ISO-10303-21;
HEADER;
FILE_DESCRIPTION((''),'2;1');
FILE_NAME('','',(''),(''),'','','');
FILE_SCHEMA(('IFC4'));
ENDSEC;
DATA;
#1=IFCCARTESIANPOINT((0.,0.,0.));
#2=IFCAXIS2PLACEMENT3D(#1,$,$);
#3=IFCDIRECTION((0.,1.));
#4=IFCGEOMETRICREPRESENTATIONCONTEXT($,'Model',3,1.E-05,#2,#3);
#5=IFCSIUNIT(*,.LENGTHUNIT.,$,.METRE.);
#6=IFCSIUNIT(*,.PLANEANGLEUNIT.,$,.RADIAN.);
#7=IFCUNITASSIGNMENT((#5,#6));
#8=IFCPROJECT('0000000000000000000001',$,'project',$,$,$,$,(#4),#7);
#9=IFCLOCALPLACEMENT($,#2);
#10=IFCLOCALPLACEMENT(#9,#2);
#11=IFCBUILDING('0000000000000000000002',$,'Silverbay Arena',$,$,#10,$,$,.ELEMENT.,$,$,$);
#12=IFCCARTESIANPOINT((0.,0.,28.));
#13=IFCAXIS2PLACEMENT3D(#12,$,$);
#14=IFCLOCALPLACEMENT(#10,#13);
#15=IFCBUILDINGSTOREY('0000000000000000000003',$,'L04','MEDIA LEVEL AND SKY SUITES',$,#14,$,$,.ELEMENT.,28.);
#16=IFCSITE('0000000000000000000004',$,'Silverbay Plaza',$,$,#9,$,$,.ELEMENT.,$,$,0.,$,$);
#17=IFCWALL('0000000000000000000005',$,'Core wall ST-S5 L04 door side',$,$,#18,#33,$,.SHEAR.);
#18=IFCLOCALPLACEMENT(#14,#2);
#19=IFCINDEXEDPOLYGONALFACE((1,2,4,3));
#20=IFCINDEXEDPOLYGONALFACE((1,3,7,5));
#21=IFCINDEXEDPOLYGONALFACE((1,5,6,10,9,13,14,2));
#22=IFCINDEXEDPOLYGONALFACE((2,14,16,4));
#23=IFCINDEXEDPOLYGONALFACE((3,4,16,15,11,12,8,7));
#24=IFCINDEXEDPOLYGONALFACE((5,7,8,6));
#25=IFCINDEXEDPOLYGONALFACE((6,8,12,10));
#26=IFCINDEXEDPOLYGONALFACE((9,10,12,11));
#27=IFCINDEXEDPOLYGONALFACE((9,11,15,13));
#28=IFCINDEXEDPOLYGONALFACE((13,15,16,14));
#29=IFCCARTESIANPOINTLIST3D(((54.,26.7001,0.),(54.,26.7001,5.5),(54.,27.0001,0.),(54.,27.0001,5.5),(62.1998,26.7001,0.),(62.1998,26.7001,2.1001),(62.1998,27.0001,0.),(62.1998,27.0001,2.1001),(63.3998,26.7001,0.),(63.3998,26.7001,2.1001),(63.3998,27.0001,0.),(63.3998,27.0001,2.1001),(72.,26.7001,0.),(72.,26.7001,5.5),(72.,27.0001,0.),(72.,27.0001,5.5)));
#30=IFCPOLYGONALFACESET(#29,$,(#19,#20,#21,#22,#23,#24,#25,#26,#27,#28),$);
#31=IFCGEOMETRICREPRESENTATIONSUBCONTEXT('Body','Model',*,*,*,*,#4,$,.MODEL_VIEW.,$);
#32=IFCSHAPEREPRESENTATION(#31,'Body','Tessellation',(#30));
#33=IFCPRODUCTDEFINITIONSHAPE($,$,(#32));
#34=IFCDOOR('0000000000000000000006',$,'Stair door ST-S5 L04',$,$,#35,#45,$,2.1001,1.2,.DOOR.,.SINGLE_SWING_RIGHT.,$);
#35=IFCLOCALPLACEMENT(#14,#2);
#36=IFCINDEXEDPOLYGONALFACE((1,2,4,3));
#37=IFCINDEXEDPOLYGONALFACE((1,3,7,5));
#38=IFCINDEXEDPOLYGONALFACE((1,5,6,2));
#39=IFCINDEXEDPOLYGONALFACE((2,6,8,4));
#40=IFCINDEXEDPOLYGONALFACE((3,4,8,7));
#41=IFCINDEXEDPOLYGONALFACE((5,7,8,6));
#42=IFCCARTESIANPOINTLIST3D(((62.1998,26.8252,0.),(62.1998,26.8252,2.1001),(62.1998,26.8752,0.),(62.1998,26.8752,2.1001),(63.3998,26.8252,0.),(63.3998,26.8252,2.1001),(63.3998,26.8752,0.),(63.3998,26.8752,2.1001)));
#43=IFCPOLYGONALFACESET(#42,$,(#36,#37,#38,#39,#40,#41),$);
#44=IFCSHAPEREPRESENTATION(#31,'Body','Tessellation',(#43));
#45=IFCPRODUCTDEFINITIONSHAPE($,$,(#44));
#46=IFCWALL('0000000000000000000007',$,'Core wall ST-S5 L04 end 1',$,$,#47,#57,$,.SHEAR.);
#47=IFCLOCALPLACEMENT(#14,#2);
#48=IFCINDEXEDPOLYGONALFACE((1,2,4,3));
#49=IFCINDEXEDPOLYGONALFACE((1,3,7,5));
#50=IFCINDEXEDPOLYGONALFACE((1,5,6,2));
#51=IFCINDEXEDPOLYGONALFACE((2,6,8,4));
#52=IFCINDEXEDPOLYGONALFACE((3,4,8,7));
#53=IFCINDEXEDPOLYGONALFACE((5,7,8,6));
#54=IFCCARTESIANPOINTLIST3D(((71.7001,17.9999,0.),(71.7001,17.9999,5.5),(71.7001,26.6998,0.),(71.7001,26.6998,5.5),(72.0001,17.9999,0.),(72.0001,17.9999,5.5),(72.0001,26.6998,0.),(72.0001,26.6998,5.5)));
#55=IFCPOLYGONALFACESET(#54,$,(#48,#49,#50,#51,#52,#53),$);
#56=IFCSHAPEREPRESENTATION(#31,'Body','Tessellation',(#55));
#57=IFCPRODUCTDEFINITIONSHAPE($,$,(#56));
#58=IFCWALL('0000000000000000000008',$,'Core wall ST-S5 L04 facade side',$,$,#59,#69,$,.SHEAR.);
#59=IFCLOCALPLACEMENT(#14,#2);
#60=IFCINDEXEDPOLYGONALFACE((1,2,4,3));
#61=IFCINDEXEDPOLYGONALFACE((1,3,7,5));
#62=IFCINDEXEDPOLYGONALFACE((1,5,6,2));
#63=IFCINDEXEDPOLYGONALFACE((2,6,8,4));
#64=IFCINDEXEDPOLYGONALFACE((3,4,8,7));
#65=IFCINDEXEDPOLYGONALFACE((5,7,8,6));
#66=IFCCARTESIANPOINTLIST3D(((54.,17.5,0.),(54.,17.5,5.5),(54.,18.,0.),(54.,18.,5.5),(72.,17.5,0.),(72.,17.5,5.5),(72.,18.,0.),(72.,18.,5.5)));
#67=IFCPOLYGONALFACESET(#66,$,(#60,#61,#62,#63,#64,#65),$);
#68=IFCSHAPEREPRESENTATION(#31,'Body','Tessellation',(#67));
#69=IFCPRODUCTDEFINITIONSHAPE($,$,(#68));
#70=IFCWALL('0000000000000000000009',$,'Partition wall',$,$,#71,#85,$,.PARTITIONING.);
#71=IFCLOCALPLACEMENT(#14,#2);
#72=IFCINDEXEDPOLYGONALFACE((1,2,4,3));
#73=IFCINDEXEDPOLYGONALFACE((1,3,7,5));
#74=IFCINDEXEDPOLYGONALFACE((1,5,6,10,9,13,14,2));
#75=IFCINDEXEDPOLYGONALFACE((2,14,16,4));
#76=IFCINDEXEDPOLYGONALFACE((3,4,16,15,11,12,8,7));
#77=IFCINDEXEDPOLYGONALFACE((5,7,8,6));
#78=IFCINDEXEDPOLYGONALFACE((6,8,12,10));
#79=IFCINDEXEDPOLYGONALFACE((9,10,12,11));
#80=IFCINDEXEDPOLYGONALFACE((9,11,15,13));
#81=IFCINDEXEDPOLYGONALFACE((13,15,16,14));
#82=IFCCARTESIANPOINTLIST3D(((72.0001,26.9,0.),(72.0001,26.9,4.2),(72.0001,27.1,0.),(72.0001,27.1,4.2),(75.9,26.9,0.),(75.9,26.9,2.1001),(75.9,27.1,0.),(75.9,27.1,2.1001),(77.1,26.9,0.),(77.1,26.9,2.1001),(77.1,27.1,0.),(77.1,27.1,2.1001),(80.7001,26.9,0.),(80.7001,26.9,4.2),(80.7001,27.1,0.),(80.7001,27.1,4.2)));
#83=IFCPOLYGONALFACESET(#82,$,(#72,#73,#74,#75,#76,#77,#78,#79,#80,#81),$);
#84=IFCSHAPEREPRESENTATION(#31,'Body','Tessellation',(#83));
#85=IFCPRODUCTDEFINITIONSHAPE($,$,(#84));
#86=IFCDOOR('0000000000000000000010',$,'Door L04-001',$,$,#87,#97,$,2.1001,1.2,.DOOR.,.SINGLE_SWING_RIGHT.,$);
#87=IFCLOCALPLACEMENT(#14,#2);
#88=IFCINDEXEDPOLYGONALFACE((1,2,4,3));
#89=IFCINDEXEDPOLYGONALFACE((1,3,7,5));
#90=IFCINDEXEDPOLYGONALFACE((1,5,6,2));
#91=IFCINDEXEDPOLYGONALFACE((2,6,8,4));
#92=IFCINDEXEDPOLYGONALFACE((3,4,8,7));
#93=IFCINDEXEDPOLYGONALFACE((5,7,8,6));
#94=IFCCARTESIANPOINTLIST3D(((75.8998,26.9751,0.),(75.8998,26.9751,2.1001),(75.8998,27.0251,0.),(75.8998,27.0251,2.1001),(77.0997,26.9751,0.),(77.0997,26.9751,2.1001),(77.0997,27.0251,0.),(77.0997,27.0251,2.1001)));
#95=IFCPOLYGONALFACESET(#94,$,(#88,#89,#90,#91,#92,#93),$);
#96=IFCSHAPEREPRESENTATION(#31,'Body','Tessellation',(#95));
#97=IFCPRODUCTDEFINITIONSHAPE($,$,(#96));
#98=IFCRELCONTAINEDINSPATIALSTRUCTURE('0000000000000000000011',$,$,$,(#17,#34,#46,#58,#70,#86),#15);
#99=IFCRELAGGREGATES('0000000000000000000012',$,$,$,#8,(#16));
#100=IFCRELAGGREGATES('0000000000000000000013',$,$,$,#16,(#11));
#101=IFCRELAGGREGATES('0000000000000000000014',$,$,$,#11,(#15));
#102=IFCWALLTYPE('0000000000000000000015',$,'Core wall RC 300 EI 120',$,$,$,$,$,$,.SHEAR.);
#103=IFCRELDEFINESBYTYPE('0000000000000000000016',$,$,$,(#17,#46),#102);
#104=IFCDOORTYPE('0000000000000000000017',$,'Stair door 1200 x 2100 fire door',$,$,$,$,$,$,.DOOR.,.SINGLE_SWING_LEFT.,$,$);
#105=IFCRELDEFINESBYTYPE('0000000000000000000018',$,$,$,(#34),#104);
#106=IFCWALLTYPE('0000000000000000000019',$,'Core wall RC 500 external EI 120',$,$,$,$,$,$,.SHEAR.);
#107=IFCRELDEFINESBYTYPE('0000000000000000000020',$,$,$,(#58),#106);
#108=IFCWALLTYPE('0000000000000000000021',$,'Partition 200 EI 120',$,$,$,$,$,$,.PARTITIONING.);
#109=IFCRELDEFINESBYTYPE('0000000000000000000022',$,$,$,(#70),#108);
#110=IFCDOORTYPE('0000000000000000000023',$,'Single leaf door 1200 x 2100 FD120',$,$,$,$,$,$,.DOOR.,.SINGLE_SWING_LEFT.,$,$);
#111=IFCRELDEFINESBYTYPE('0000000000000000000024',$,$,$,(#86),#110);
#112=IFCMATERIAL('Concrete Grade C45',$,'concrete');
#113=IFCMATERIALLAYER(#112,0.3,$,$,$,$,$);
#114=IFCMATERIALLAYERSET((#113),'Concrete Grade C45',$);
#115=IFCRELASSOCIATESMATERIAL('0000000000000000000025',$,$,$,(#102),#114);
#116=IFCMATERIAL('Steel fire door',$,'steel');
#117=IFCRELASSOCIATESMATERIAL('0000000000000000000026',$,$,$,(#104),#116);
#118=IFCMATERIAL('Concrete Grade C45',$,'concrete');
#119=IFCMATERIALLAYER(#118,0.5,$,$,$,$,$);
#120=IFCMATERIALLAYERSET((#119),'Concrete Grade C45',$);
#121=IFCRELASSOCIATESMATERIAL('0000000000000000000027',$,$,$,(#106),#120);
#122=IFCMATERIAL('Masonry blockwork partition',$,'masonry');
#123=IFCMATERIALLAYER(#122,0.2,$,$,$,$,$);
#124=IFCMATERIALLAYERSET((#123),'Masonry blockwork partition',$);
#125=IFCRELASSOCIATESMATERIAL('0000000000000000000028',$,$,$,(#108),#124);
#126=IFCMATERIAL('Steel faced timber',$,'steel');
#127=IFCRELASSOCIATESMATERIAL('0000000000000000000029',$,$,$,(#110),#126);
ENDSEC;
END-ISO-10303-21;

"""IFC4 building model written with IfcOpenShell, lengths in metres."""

from ifc_helpers import new_model, si_unit, direction, frame, frame_2d, origin, place, context, subcontext, project, spatial, rectangle, extrude, material, layer, layer_set, type_object, element, fill, save


model = new_model("IFC4")

# Units and contexts
model_context = context("Model", 3, precision=1e-05, world=origin(), true_north=direction((0.0, 1.0)))
body_context = subcontext(model_context, "Body", "Model", "MODEL_VIEW")
ifc_project = project(units=[si_unit("LENGTHUNIT", "METRE"), si_unit("PLANEANGLEUNIT", "RADIAN")], contexts=[model_context])

# Site, building, storey
site_placement = place(None, origin())
site = spatial("IfcSite", under=ifc_project, at=site_placement, Name="Silverbay Plaza", CompositionType="ELEMENT", RefElevation=0.0)
building_placement = place(site_placement, origin())
building = spatial("IfcBuilding", under=site, at=building_placement, Name="Silverbay Arena", CompositionType="ELEMENT")
storey_placement = place(building_placement, frame((0.0, 0.0, 28.0)))
storey = spatial("IfcBuildingStorey", under=building, at=storey_placement, Name="L04", Description="MEDIA LEVEL AND SKY SUITES", CompositionType="ELEMENT", Elevation=28.0)

# Wall, opening, door
ifc_material_1 = material(Name="Concrete Grade C45", Category="concrete")
ifc_layer_1 = layer(ifc_material_1, 0.3)
ifc_layer_set_1 = layer_set([ifc_layer_1], Name="Concrete Grade C45")
wall_type_1 = type_object("IfcWallType", Name="Core wall RC 300 EI 120", PredefinedType="SHEAR", material=ifc_layer_set_1)
wall_1_placement = place(storey_placement, frame((72.0, 26.8501, 0.0), z_axis=(0.0, 0.0, 1.0), x_axis=(-1.0, 0.0, 0.0)))
wall_1 = element("IfcWall", 1, at=wall_1_placement, inside=storey, type_object=wall_type_1, Name="Core wall ST-S5 L04 door side", PredefinedType="SHEAR", context=body_context, shape_type="SweptSolid", body=[
    extrude(rectangle(XDim=18.0, YDim=0.3, at=frame_2d((9.0, 0.0))), origin(), (0.0, 0.0, 1.0), 5.5),
])
opening_1_placement = place(wall_1_placement, frame((8.6001, 0.0, 0.0)))
opening_1 = element("IfcOpeningElement", 2, at=opening_1_placement, cuts=wall_1, PredefinedType="OPENING", context=body_context, shape_type="SweptSolid", body=[
    extrude(rectangle(XDim=1.2, YDim=2.1001, at=frame_2d((0.6001, 1.05))), frame((0.0, 0.1602, 0.0), z_axis=(0.0, -1.0, 0.0), x_axis=(1.0, 0.0, 0.0)), (0.0, 0.0, 1.0), 0.3201),
])
ifc_material_2 = material(Name="Steel fire door", Category="steel")
door_type_1 = type_object("IfcDoorType", Name="Stair door 1200 x 2100 fire door", OperationType="SINGLE_SWING_LEFT", PredefinedType="DOOR", material=ifc_material_2)
door_1_placement = place(opening_1_placement, origin())
door_1 = element("IfcDoor", 3, at=door_1_placement, inside=storey, type_object=door_type_1, Name="Stair door ST-S5 L04", OperationType="SINGLE_SWING_RIGHT", OverallHeight=2.1001, OverallWidth=1.2, PredefinedType="DOOR", context=body_context, shape_type="SweptSolid", body=[
    extrude(rectangle(XDim=1.2, YDim=2.1001, at=frame_2d((0.6001, 1.05))), frame((0.0, 0.0249, 0.0), z_axis=(0.0, -1.0, 0.0), x_axis=(1.0, 0.0, 0.0)), (0.0, 0.0, 1.0), 0.05),
])
fill(opening_1, door_1)

# Walls
wall_2_placement = place(storey_placement, frame((71.8501, 26.7, 0.0), z_axis=(0.0, 0.0, 1.0), x_axis=(0.0, -1.0, 0.0)))
element("IfcWall", 4, at=wall_2_placement, inside=storey, type_object=wall_type_1, Name="Core wall ST-S5 L04 end 1", PredefinedType="SHEAR", context=body_context, shape_type="SweptSolid", body=[
    extrude(rectangle(XDim=8.7, YDim=0.3, at=frame_2d((4.3501, 0.0))), origin(), (0.0, 0.0, 1.0), 5.5),
])
ifc_material_3 = material(Name="Concrete Grade C45", Category="concrete")
ifc_layer_2 = layer(ifc_material_3, 0.5)
ifc_layer_set_2 = layer_set([ifc_layer_2], Name="Concrete Grade C45")
wall_type_2 = type_object("IfcWallType", Name="Core wall RC 500 external EI 120", PredefinedType="SHEAR", material=ifc_layer_set_2)
wall_3_placement = place(storey_placement, frame((72.0, 17.75, 0.0), z_axis=(0.0, 0.0, 1.0), x_axis=(-1.0, 0.0, 0.0)))
element("IfcWall", 5, at=wall_3_placement, inside=storey, type_object=wall_type_2, Name="Core wall ST-S5 L04 facade side", PredefinedType="SHEAR", context=body_context, shape_type="SweptSolid", body=[
    extrude(rectangle(XDim=18.0, YDim=0.5, at=frame_2d((9.0, 0.0))), origin(), (0.0, 0.0, 1.0), 5.5),
])

# Wall, opening, door
ifc_material_4 = material(Name="Masonry blockwork partition", Category="masonry")
ifc_layer_3 = layer(ifc_material_4, 0.2)
ifc_layer_set_3 = layer_set([ifc_layer_3], Name="Masonry blockwork partition")
wall_type_3 = type_object("IfcWallType", Name="Partition 200 EI 120", PredefinedType="PARTITIONING", material=ifc_layer_set_3)
wall_4_placement = place(storey_placement, frame((72.0, 27.0, 0.0), z_axis=(0.0, 0.0, 1.0), x_axis=(1.0, 0.0, 0.0)))
wall_4 = element("IfcWall", 6, at=wall_4_placement, inside=storey, type_object=wall_type_3, Name="Partition wall", PredefinedType="PARTITIONING", context=body_context, shape_type="SweptSolid", body=[
    extrude(rectangle(XDim=8.7, YDim=0.2, at=frame_2d((4.3501, 0.0))), origin(), (0.0, 0.0, 1.0), 4.2),
])
opening_2_placement = place(wall_4_placement, frame((3.8999, 0.0, 0.0)))
opening_2 = element("IfcOpeningElement", 7, at=opening_2_placement, cuts=wall_4, PredefinedType="OPENING", context=body_context, shape_type="SweptSolid", body=[
    extrude(rectangle(XDim=1.2, YDim=2.1001, at=frame_2d((0.6001, 1.05))), frame((0.0, 0.1099, 0.0), z_axis=(0.0, -1.0, 0.0), x_axis=(1.0, 0.0, 0.0)), (0.0, 0.0, 1.0), 0.22),
])
ifc_material_5 = material(Name="Steel faced timber", Category="steel")
door_type_2 = type_object("IfcDoorType", Name="Single leaf door 1200 x 2100 FD120", OperationType="SINGLE_SWING_LEFT", PredefinedType="DOOR", material=ifc_material_5)
door_2_placement = place(opening_2_placement, frame((1.2, 0.0, 0.0), z_axis=(0.0, 0.0, 1.0), x_axis=(-1.0, 0.0, 0.0)))
door_2 = element("IfcDoor", 8, at=door_2_placement, inside=storey, type_object=door_type_2, Name="Door L04-001", OperationType="SINGLE_SWING_RIGHT", OverallHeight=2.1001, OverallWidth=1.2, PredefinedType="DOOR", context=body_context, shape_type="SweptSolid", body=[
    extrude(rectangle(XDim=1.2, YDim=2.1001, at=frame_2d((0.6001, 1.05))), frame((0.0, 0.0249, 0.0), z_axis=(0.0, -1.0, 0.0), x_axis=(1.0, 0.0, 0.0)), (0.0, 0.0, 1.0), 0.05),
])
fill(opening_2, door_2)

save(model, "model.ifc")
